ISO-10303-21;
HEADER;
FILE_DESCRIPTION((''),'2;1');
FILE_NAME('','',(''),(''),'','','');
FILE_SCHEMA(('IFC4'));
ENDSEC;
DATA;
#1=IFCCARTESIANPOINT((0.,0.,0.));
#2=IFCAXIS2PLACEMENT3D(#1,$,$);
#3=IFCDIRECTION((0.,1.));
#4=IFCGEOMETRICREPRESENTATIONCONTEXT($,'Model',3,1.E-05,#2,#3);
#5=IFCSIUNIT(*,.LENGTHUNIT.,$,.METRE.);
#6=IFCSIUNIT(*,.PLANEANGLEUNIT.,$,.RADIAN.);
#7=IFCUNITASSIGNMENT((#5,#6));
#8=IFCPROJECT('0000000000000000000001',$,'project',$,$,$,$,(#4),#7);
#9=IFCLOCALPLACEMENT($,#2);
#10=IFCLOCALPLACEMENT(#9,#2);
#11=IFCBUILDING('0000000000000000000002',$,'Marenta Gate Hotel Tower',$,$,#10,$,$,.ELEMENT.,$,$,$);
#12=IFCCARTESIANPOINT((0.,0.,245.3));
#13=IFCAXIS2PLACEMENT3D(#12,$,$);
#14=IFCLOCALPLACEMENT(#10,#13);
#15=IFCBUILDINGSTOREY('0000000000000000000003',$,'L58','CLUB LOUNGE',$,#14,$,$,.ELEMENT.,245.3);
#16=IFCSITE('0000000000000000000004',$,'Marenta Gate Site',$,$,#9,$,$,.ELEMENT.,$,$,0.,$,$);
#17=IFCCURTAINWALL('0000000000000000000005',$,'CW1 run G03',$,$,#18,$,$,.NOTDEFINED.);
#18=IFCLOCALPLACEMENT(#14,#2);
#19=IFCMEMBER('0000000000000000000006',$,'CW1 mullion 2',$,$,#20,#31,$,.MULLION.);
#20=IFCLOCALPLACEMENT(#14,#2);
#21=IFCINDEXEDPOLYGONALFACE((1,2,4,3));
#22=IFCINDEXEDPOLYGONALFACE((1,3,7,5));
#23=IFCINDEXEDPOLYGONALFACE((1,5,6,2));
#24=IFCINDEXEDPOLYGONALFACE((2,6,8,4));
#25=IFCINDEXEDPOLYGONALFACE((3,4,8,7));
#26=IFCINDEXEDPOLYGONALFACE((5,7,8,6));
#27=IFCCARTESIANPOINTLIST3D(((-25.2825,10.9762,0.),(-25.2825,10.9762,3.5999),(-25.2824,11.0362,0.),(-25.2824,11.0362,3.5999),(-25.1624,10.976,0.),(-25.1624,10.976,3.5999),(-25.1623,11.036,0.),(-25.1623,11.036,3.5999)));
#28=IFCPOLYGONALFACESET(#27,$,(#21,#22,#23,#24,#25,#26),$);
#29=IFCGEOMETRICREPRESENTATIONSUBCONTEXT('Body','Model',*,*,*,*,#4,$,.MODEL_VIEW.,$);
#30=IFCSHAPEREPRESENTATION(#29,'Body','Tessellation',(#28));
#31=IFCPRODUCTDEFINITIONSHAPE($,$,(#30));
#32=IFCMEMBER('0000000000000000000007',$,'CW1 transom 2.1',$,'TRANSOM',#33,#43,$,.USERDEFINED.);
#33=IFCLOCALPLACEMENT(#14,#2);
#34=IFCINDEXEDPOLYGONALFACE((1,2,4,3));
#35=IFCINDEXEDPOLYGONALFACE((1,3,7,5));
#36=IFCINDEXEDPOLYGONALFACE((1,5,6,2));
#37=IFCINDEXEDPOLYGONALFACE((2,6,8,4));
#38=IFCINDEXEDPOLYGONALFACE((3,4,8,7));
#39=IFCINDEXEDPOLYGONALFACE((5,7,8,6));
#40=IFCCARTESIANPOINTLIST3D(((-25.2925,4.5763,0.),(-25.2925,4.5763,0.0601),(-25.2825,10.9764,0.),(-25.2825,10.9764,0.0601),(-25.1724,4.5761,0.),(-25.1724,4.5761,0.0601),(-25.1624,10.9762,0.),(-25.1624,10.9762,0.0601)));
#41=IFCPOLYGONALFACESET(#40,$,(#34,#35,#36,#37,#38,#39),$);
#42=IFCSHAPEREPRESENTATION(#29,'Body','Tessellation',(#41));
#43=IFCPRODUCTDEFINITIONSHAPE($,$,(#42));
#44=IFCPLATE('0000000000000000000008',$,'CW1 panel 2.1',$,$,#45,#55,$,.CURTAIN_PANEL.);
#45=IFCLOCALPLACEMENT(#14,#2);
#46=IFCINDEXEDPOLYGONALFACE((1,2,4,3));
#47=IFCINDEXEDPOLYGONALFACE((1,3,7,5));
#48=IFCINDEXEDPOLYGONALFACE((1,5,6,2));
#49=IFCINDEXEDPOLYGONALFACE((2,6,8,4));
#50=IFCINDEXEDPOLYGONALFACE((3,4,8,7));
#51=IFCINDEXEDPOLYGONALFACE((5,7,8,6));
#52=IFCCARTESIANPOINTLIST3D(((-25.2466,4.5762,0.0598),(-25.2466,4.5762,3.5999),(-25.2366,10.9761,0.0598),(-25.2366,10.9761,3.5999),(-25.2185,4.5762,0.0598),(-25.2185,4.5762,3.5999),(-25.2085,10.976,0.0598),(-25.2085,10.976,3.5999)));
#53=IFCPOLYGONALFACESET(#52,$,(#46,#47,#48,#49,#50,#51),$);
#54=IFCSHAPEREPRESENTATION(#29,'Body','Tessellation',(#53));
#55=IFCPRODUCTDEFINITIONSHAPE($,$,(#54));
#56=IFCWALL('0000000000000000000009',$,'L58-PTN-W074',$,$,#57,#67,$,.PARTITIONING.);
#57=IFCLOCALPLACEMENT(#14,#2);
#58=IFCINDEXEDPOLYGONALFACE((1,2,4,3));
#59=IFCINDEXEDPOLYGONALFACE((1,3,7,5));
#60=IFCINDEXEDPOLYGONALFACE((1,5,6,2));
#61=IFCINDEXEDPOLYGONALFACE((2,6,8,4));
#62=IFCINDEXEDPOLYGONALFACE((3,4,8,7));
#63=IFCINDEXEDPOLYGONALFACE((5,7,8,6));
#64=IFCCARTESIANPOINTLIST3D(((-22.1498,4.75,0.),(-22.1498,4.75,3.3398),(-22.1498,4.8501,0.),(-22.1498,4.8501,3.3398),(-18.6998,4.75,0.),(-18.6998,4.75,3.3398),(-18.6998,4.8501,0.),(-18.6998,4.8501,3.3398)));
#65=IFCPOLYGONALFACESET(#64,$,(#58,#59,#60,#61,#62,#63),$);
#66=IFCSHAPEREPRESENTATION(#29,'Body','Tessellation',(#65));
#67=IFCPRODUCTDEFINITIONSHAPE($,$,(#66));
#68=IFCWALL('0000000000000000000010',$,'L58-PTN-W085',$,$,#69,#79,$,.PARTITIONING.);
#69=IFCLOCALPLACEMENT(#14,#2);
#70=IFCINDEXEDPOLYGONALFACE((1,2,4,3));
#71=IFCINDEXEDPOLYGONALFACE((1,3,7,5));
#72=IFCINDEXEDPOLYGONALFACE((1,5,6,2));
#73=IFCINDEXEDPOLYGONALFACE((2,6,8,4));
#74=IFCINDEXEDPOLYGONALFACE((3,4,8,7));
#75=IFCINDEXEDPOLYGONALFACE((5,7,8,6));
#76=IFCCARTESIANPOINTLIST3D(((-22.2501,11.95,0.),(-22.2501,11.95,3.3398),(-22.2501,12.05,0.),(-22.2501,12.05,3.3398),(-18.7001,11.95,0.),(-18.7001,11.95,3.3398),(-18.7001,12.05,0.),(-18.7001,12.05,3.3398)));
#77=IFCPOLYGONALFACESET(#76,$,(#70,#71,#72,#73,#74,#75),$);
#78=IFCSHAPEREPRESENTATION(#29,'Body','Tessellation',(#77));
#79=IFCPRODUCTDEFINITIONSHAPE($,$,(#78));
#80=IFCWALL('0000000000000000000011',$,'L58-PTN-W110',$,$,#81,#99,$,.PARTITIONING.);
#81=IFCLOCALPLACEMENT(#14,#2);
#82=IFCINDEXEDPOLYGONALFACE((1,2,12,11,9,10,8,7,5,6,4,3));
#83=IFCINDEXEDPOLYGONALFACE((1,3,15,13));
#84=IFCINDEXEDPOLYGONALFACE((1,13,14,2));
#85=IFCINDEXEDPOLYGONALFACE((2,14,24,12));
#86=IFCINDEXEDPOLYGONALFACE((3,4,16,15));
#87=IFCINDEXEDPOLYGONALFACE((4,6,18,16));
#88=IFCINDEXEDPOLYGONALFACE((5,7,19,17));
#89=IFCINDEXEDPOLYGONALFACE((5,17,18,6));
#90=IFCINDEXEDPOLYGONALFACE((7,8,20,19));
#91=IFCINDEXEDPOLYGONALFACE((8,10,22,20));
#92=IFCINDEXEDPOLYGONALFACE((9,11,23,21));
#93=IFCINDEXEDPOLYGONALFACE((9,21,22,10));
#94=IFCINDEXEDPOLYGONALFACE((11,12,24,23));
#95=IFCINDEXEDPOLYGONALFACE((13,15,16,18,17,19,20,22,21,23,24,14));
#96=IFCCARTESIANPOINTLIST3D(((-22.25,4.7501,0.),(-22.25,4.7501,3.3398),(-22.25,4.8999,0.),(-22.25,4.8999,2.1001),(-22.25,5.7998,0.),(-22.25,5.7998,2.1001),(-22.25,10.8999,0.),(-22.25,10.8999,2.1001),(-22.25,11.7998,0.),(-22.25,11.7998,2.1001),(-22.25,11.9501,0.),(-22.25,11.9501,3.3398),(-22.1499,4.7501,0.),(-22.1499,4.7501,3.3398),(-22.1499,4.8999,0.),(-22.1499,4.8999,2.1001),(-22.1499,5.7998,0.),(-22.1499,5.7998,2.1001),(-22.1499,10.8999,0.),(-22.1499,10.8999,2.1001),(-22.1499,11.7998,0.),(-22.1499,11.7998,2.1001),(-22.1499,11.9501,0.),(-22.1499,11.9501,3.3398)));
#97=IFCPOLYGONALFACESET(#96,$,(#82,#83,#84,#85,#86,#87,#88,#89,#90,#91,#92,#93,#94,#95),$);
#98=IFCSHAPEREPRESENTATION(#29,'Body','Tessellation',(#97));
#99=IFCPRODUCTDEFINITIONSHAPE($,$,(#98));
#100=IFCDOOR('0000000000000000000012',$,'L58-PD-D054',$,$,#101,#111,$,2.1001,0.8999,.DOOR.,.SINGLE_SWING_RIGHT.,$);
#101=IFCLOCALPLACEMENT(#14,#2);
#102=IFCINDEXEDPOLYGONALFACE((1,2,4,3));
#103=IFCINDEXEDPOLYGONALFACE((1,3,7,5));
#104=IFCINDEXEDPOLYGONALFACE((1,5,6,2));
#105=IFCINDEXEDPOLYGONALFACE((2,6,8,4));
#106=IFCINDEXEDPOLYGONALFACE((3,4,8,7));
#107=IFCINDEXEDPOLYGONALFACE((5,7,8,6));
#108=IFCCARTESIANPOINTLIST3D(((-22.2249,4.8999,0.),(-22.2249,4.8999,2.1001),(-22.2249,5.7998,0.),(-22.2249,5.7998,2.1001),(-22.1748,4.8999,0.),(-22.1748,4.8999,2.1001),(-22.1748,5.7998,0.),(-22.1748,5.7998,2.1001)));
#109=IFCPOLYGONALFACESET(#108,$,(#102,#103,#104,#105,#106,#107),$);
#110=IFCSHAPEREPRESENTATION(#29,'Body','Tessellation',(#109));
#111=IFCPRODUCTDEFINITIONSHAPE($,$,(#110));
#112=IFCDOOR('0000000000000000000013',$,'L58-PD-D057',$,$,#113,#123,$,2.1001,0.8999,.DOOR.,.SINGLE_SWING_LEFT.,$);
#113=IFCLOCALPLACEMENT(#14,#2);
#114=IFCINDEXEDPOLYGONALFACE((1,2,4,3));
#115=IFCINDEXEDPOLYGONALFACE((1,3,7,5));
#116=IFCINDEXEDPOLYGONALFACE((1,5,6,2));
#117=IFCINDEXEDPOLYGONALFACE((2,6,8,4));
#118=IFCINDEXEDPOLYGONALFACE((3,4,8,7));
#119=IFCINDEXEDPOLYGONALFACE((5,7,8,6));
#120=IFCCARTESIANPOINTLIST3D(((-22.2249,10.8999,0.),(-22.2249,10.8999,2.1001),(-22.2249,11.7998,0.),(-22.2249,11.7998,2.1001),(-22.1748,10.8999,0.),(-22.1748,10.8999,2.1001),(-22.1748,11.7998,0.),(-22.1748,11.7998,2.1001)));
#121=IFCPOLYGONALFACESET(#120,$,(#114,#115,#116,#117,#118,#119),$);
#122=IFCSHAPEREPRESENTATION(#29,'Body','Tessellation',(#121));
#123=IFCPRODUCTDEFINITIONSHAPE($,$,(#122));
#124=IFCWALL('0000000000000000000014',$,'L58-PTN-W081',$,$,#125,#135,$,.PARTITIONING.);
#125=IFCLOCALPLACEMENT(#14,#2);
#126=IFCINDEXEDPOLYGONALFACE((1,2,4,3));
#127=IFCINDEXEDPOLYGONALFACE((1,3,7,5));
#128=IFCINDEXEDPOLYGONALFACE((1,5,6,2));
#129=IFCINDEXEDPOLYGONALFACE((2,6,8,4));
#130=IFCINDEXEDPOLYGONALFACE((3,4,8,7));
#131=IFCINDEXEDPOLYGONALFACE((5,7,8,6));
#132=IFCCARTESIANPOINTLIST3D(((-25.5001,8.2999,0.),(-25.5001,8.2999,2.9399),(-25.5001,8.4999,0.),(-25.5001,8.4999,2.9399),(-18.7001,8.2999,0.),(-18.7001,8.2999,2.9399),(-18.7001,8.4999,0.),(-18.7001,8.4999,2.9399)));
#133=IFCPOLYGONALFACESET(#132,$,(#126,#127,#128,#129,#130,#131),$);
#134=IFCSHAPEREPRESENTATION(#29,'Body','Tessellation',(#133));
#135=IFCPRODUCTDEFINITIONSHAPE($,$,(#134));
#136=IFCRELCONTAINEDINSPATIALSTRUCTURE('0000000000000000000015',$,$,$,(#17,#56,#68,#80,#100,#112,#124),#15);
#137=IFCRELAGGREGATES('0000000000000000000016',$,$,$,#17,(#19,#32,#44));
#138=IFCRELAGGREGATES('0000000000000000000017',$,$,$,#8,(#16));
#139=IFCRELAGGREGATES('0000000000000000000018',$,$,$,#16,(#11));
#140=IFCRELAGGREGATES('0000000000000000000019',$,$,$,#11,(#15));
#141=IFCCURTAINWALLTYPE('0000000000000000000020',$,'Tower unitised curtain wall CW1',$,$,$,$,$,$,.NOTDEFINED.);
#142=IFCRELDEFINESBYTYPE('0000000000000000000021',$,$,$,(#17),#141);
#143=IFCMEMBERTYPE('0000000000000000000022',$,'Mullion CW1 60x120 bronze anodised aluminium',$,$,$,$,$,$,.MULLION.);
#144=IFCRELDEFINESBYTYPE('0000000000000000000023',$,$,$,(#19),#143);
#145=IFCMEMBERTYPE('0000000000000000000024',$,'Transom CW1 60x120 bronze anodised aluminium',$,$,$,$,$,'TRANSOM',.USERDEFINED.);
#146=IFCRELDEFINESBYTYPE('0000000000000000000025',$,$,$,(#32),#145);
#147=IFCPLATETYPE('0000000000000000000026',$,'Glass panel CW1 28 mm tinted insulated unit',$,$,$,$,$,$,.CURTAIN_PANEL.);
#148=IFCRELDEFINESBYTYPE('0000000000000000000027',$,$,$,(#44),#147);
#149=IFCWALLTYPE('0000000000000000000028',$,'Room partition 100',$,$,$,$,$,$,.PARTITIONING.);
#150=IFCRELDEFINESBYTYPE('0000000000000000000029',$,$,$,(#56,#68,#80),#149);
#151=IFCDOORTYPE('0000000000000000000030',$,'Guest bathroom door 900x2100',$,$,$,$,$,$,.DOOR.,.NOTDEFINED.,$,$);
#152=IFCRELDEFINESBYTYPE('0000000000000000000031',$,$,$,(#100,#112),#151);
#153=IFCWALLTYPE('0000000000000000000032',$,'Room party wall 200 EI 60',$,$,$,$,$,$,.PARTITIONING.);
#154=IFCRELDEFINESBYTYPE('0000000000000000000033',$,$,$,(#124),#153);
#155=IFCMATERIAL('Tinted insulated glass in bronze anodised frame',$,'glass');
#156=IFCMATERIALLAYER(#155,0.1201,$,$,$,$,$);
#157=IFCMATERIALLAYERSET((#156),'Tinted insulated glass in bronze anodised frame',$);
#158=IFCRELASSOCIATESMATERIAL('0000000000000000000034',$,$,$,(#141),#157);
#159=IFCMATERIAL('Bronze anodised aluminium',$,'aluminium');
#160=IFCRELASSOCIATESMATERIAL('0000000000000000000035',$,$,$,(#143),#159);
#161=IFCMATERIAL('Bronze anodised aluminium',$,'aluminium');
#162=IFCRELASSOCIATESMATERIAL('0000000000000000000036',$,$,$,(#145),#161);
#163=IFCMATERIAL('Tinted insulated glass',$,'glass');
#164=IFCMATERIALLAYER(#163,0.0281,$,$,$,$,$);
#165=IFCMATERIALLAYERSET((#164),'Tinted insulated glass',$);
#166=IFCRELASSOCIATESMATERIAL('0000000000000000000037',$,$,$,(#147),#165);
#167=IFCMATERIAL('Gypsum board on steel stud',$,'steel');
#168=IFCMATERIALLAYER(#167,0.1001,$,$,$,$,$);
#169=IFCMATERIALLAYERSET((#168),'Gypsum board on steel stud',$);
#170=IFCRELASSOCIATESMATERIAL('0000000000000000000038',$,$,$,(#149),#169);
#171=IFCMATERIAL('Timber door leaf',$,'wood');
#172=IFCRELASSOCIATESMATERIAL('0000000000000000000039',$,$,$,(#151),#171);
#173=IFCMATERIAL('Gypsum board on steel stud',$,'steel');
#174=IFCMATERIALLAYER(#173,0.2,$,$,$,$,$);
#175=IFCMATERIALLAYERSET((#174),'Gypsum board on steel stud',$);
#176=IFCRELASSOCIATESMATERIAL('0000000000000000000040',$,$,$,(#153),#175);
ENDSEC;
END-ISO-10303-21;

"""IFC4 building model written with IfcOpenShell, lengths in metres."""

from ifc_helpers import new_model, si_unit, direction, frame, frame_2d, origin, origin_2d, place, context, subcontext, project, spatial, rectangle, extrude, material, layer, layer_set, material_profile, profile_set, type_object, element, fill, aggregate, save


model = new_model("IFC4")

# Units and contexts
model_context = context("Model", 3, precision=1e-05, world=origin(), true_north=direction((0.0, 1.0)))
body_context = subcontext(model_context, "Body", "Model", "MODEL_VIEW")
ifc_project = project(units=[si_unit("LENGTHUNIT", "METRE"), si_unit("PLANEANGLEUNIT", "RADIAN")], contexts=[model_context])

# Site, building, storey
site_placement = place(None, origin())
site = spatial("IfcSite", under=ifc_project, at=site_placement, Name="Marenta Gate Site", CompositionType="ELEMENT", RefElevation=0.0)
building_placement = place(site_placement, origin())
building = spatial("IfcBuilding", under=site, at=building_placement, Name="Marenta Gate Hotel Tower", CompositionType="ELEMENT")
storey_placement = place(building_placement, frame((0.0, 0.0, 245.3)))
storey = spatial("IfcBuildingStorey", under=building, at=storey_placement, Name="L58", Description="CLUB LOUNGE", CompositionType="ELEMENT", Elevation=245.3)

# Curtain wall, members, plate
ifc_material_1 = material(Name="Tinted insulated glass in bronze anodised frame", Category="glass")
ifc_layer_1 = layer(ifc_material_1, 0.1201)
ifc_layer_set_1 = layer_set([ifc_layer_1], Name="Tinted insulated glass in bronze anodised frame")
curtain_wall_type = type_object("IfcCurtainWallType", Name="Tower unitised curtain wall CW1", PredefinedType="NOTDEFINED", material=ifc_layer_set_1)
curtain_wall_placement = place(storey_placement, origin())
curtain_wall = element("IfcCurtainWall", 1, at=curtain_wall_placement, inside=storey, type_object=curtain_wall_type, Name="CW1 run G03", PredefinedType="NOTDEFINED")
ifc_material_2 = material(Name="Bronze anodised aluminium", Category="aluminium")
ifc_material_profile_1 = material_profile(ifc_material_2, rectangle(XDim=0.1201, YDim=0.0601, at=origin_2d()), Name="Mullion CW1 60x120 bronze anodised aluminium")
ifc_profile_set_1 = profile_set([ifc_material_profile_1], Name="Bronze anodised aluminium")
member_type_1 = type_object("IfcMemberType", Name="Mullion CW1 60x120 bronze anodised aluminium", PredefinedType="MULLION", material=ifc_profile_set_1)
member_1_placement = place(storey_placement, frame((-25.2224, 11.0061, 0.0), z_axis=(0.0, 0.0, 1.0), x_axis=(0.999999, -0.001566, 0.0)))
member_1 = element("IfcMember", 2, at=member_1_placement, type_object=member_type_1, Name="CW1 mullion 2", PredefinedType="MULLION", context=body_context, shape_type="SweptSolid", body=[
    extrude(rectangle(XDim=0.1201, YDim=0.0601, at=origin_2d()), origin(), (0.0, 0.0, 1.0), 3.5999),
])
ifc_material_3 = material(Name="Bronze anodised aluminium", Category="aluminium")
ifc_material_profile_2 = material_profile(ifc_material_3, rectangle(XDim=0.1201, YDim=0.0601, at=origin_2d()), Name="Transom CW1 60x120 bronze anodised aluminium")
ifc_profile_set_2 = profile_set([ifc_material_profile_2], Name="Bronze anodised aluminium")
member_type_2 = type_object("IfcMemberType", Name="Transom CW1 60x120 bronze anodised aluminium", ElementType="TRANSOM", PredefinedType="USERDEFINED", material=ifc_profile_set_2)
member_2_placement = place(storey_placement, frame((-25.2224, 10.9763, 0.03), z_axis=(-0.001564, -0.999999, 0.0), x_axis=(0.999999, -0.001564, 0.0)))
member_2 = element("IfcMember", 3, at=member_2_placement, type_object=member_type_2, Name="CW1 transom 2.1", ObjectType="TRANSOM", PredefinedType="USERDEFINED", context=body_context, shape_type="SweptSolid", body=[
    extrude(rectangle(XDim=0.1201, YDim=0.0601, at=origin_2d()), origin(), (0.0, 0.0, 1.0), 6.4001),
])
ifc_material_4 = material(Name="Tinted insulated glass", Category="glass")
ifc_layer_2 = layer(ifc_material_4, 0.0281)
ifc_layer_set_2 = layer_set([ifc_layer_2], Name="Tinted insulated glass")
plate_type = type_object("IfcPlateType", Name="Glass panel CW1 28 mm tinted insulated unit", PredefinedType="CURTAIN_PANEL", material=ifc_layer_set_2)
plate_placement = place(storey_placement, frame((-25.2275, 7.7761, 0.0598), z_axis=(0.0, 0.0, 1.0), x_axis=(-0.001566, -0.999999, 0.0)))
plate = element("IfcPlate", 4, at=plate_placement, type_object=plate_type, Name="CW1 panel 2.1", PredefinedType="CURTAIN_PANEL", context=body_context, shape_type="SweptSolid", body=[
    extrude(rectangle(XDim=6.3999, YDim=0.0281, at=origin_2d()), origin(), (0.0, 0.0, 1.0), 3.54),
])
aggregate(curtain_wall, [member_1, member_2, plate])

# Walls
ifc_material_5 = material(Name="Gypsum board on steel stud", Category="steel")
ifc_layer_3 = layer(ifc_material_5, 0.1001)
ifc_layer_set_3 = layer_set([ifc_layer_3], Name="Gypsum board on steel stud")
wall_type_1 = type_object("IfcWallType", Name="Room partition 100", PredefinedType="PARTITIONING", material=ifc_layer_set_3)
wall_1_placement = place(storey_placement, frame((-22.1499, 4.8, 0.0), z_axis=(0.0, 0.0, 1.0), x_axis=(1.0, 0.0, 0.0)))
element("IfcWall", 5, at=wall_1_placement, inside=storey, type_object=wall_type_1, Name="L58-PTN-W074", PredefinedType="PARTITIONING", context=body_context, shape_type="SweptSolid", body=[
    extrude(rectangle(XDim=3.45, YDim=0.1001, at=frame_2d((1.7251, 0.0))), origin(), (0.0, 0.0, 1.0), 3.3398),
])
wall_2_placement = place(storey_placement, frame((-22.25, 12.0, 0.0), z_axis=(0.0, 0.0, 1.0), x_axis=(1.0, 0.0, 0.0)))
element("IfcWall", 6, at=wall_2_placement, inside=storey, type_object=wall_type_1, Name="L58-PTN-W085", PredefinedType="PARTITIONING", context=body_context, shape_type="SweptSolid", body=[
    extrude(rectangle(XDim=3.55, YDim=0.1001, at=frame_2d((1.7749, 0.0))), origin(), (0.0, 0.0, 1.0), 3.3398),
])

# Wall, openings, doors
wall_3_placement = place(storey_placement, frame((-22.2, 4.75, 0.0), z_axis=(0.0, 0.0, 1.0), x_axis=(0.0, 1.0, 0.0)))
wall_3 = element("IfcWall", 7, at=wall_3_placement, inside=storey, type_object=wall_type_1, Name="L58-PTN-W110", PredefinedType="PARTITIONING", context=body_context, shape_type="SweptSolid", body=[
    extrude(rectangle(XDim=7.2, YDim=0.1001, at=frame_2d((3.6001, 0.0))), origin(), (0.0, 0.0, 1.0), 3.3398),
])
opening_1_placement = place(wall_3_placement, frame((0.1499, 0.0, 0.0)))
opening_1 = element("IfcOpeningElement", 8, at=opening_1_placement, cuts=wall_3, PredefinedType="OPENING", context=body_context, shape_type="SweptSolid", body=[
    extrude(rectangle(XDim=0.8999, YDim=2.1001, at=frame_2d((0.45, 1.05))), frame((0.0, 0.05, 0.0), z_axis=(0.0, -1.0, 0.0), x_axis=(1.0, 0.0, 0.0)), (0.0, 0.0, 1.0), 0.1001),
])
opening_2_placement = place(wall_3_placement, frame((6.1499, 0.0, 0.0)))
opening_2 = element("IfcOpeningElement", 9, at=opening_2_placement, cuts=wall_3, PredefinedType="OPENING", context=body_context, shape_type="SweptSolid", body=[
    extrude(rectangle(XDim=0.8999, YDim=2.1001, at=frame_2d((0.45, 1.05))), frame((0.0, 0.05, 0.0), z_axis=(0.0, -1.0, 0.0), x_axis=(1.0, 0.0, 0.0)), (0.0, 0.0, 1.0), 0.1001),
])
ifc_material_6 = material(Name="Timber door leaf", Category="wood")
door_type = type_object("IfcDoorType", Name="Guest bathroom door 900x2100", OperationType="NOTDEFINED", PredefinedType="DOOR", material=ifc_material_6)
door_1_placement = place(opening_1_placement, origin())
door_1 = element("IfcDoor", 10, at=door_1_placement, inside=storey, type_object=door_type, Name="L58-PD-D054", OperationType="SINGLE_SWING_RIGHT", OverallHeight=2.1001, OverallWidth=0.8999, PredefinedType="DOOR", context=body_context, shape_type="SweptSolid", body=[
    extrude(rectangle(XDim=0.8999, YDim=2.1001, at=frame_2d((0.45, 1.05))), frame((0.0, 0.0249, 0.0), z_axis=(0.0, -1.0, 0.0), x_axis=(1.0, 0.0, 0.0)), (0.0, 0.0, 1.0), 0.05),
])
fill(opening_1, door_1)
door_2_placement = place(opening_2_placement, origin())
door_2 = element("IfcDoor", 11, at=door_2_placement, inside=storey, type_object=door_type, Name="L58-PD-D057", OperationType="SINGLE_SWING_LEFT", OverallHeight=2.1001, OverallWidth=0.8999, PredefinedType="DOOR", context=body_context, shape_type="SweptSolid", body=[
    extrude(rectangle(XDim=0.8999, YDim=2.1001, at=frame_2d((0.45, 1.05))), frame((0.0, 0.0249, 0.0), z_axis=(0.0, -1.0, 0.0), x_axis=(1.0, 0.0, 0.0)), (0.0, 0.0, 1.0), 0.05),
])
fill(opening_2, door_2)

# Wall
ifc_material_7 = material(Name="Gypsum board on steel stud", Category="steel")
ifc_layer_4 = layer(ifc_material_7, 0.2)
ifc_layer_set_4 = layer_set([ifc_layer_4], Name="Gypsum board on steel stud")
wall_type_2 = type_object("IfcWallType", Name="Room party wall 200 EI 60", PredefinedType="PARTITIONING", material=ifc_layer_set_4)
wall_4_placement = place(storey_placement, frame((-25.5, 8.3999, 0.0), z_axis=(0.0, 0.0, 1.0), x_axis=(1.0, 0.0, 0.0)))
element("IfcWall", 12, at=wall_4_placement, inside=storey, type_object=wall_type_2, Name="L58-PTN-W081", PredefinedType="PARTITIONING", context=body_context, shape_type="SweptSolid", body=[
    extrude(rectangle(XDim=6.8, YDim=0.2, at=frame_2d((3.3999, 0.0))), origin(), (0.0, 0.0, 1.0), 2.9399),
])

save(model, "model.ifc")
